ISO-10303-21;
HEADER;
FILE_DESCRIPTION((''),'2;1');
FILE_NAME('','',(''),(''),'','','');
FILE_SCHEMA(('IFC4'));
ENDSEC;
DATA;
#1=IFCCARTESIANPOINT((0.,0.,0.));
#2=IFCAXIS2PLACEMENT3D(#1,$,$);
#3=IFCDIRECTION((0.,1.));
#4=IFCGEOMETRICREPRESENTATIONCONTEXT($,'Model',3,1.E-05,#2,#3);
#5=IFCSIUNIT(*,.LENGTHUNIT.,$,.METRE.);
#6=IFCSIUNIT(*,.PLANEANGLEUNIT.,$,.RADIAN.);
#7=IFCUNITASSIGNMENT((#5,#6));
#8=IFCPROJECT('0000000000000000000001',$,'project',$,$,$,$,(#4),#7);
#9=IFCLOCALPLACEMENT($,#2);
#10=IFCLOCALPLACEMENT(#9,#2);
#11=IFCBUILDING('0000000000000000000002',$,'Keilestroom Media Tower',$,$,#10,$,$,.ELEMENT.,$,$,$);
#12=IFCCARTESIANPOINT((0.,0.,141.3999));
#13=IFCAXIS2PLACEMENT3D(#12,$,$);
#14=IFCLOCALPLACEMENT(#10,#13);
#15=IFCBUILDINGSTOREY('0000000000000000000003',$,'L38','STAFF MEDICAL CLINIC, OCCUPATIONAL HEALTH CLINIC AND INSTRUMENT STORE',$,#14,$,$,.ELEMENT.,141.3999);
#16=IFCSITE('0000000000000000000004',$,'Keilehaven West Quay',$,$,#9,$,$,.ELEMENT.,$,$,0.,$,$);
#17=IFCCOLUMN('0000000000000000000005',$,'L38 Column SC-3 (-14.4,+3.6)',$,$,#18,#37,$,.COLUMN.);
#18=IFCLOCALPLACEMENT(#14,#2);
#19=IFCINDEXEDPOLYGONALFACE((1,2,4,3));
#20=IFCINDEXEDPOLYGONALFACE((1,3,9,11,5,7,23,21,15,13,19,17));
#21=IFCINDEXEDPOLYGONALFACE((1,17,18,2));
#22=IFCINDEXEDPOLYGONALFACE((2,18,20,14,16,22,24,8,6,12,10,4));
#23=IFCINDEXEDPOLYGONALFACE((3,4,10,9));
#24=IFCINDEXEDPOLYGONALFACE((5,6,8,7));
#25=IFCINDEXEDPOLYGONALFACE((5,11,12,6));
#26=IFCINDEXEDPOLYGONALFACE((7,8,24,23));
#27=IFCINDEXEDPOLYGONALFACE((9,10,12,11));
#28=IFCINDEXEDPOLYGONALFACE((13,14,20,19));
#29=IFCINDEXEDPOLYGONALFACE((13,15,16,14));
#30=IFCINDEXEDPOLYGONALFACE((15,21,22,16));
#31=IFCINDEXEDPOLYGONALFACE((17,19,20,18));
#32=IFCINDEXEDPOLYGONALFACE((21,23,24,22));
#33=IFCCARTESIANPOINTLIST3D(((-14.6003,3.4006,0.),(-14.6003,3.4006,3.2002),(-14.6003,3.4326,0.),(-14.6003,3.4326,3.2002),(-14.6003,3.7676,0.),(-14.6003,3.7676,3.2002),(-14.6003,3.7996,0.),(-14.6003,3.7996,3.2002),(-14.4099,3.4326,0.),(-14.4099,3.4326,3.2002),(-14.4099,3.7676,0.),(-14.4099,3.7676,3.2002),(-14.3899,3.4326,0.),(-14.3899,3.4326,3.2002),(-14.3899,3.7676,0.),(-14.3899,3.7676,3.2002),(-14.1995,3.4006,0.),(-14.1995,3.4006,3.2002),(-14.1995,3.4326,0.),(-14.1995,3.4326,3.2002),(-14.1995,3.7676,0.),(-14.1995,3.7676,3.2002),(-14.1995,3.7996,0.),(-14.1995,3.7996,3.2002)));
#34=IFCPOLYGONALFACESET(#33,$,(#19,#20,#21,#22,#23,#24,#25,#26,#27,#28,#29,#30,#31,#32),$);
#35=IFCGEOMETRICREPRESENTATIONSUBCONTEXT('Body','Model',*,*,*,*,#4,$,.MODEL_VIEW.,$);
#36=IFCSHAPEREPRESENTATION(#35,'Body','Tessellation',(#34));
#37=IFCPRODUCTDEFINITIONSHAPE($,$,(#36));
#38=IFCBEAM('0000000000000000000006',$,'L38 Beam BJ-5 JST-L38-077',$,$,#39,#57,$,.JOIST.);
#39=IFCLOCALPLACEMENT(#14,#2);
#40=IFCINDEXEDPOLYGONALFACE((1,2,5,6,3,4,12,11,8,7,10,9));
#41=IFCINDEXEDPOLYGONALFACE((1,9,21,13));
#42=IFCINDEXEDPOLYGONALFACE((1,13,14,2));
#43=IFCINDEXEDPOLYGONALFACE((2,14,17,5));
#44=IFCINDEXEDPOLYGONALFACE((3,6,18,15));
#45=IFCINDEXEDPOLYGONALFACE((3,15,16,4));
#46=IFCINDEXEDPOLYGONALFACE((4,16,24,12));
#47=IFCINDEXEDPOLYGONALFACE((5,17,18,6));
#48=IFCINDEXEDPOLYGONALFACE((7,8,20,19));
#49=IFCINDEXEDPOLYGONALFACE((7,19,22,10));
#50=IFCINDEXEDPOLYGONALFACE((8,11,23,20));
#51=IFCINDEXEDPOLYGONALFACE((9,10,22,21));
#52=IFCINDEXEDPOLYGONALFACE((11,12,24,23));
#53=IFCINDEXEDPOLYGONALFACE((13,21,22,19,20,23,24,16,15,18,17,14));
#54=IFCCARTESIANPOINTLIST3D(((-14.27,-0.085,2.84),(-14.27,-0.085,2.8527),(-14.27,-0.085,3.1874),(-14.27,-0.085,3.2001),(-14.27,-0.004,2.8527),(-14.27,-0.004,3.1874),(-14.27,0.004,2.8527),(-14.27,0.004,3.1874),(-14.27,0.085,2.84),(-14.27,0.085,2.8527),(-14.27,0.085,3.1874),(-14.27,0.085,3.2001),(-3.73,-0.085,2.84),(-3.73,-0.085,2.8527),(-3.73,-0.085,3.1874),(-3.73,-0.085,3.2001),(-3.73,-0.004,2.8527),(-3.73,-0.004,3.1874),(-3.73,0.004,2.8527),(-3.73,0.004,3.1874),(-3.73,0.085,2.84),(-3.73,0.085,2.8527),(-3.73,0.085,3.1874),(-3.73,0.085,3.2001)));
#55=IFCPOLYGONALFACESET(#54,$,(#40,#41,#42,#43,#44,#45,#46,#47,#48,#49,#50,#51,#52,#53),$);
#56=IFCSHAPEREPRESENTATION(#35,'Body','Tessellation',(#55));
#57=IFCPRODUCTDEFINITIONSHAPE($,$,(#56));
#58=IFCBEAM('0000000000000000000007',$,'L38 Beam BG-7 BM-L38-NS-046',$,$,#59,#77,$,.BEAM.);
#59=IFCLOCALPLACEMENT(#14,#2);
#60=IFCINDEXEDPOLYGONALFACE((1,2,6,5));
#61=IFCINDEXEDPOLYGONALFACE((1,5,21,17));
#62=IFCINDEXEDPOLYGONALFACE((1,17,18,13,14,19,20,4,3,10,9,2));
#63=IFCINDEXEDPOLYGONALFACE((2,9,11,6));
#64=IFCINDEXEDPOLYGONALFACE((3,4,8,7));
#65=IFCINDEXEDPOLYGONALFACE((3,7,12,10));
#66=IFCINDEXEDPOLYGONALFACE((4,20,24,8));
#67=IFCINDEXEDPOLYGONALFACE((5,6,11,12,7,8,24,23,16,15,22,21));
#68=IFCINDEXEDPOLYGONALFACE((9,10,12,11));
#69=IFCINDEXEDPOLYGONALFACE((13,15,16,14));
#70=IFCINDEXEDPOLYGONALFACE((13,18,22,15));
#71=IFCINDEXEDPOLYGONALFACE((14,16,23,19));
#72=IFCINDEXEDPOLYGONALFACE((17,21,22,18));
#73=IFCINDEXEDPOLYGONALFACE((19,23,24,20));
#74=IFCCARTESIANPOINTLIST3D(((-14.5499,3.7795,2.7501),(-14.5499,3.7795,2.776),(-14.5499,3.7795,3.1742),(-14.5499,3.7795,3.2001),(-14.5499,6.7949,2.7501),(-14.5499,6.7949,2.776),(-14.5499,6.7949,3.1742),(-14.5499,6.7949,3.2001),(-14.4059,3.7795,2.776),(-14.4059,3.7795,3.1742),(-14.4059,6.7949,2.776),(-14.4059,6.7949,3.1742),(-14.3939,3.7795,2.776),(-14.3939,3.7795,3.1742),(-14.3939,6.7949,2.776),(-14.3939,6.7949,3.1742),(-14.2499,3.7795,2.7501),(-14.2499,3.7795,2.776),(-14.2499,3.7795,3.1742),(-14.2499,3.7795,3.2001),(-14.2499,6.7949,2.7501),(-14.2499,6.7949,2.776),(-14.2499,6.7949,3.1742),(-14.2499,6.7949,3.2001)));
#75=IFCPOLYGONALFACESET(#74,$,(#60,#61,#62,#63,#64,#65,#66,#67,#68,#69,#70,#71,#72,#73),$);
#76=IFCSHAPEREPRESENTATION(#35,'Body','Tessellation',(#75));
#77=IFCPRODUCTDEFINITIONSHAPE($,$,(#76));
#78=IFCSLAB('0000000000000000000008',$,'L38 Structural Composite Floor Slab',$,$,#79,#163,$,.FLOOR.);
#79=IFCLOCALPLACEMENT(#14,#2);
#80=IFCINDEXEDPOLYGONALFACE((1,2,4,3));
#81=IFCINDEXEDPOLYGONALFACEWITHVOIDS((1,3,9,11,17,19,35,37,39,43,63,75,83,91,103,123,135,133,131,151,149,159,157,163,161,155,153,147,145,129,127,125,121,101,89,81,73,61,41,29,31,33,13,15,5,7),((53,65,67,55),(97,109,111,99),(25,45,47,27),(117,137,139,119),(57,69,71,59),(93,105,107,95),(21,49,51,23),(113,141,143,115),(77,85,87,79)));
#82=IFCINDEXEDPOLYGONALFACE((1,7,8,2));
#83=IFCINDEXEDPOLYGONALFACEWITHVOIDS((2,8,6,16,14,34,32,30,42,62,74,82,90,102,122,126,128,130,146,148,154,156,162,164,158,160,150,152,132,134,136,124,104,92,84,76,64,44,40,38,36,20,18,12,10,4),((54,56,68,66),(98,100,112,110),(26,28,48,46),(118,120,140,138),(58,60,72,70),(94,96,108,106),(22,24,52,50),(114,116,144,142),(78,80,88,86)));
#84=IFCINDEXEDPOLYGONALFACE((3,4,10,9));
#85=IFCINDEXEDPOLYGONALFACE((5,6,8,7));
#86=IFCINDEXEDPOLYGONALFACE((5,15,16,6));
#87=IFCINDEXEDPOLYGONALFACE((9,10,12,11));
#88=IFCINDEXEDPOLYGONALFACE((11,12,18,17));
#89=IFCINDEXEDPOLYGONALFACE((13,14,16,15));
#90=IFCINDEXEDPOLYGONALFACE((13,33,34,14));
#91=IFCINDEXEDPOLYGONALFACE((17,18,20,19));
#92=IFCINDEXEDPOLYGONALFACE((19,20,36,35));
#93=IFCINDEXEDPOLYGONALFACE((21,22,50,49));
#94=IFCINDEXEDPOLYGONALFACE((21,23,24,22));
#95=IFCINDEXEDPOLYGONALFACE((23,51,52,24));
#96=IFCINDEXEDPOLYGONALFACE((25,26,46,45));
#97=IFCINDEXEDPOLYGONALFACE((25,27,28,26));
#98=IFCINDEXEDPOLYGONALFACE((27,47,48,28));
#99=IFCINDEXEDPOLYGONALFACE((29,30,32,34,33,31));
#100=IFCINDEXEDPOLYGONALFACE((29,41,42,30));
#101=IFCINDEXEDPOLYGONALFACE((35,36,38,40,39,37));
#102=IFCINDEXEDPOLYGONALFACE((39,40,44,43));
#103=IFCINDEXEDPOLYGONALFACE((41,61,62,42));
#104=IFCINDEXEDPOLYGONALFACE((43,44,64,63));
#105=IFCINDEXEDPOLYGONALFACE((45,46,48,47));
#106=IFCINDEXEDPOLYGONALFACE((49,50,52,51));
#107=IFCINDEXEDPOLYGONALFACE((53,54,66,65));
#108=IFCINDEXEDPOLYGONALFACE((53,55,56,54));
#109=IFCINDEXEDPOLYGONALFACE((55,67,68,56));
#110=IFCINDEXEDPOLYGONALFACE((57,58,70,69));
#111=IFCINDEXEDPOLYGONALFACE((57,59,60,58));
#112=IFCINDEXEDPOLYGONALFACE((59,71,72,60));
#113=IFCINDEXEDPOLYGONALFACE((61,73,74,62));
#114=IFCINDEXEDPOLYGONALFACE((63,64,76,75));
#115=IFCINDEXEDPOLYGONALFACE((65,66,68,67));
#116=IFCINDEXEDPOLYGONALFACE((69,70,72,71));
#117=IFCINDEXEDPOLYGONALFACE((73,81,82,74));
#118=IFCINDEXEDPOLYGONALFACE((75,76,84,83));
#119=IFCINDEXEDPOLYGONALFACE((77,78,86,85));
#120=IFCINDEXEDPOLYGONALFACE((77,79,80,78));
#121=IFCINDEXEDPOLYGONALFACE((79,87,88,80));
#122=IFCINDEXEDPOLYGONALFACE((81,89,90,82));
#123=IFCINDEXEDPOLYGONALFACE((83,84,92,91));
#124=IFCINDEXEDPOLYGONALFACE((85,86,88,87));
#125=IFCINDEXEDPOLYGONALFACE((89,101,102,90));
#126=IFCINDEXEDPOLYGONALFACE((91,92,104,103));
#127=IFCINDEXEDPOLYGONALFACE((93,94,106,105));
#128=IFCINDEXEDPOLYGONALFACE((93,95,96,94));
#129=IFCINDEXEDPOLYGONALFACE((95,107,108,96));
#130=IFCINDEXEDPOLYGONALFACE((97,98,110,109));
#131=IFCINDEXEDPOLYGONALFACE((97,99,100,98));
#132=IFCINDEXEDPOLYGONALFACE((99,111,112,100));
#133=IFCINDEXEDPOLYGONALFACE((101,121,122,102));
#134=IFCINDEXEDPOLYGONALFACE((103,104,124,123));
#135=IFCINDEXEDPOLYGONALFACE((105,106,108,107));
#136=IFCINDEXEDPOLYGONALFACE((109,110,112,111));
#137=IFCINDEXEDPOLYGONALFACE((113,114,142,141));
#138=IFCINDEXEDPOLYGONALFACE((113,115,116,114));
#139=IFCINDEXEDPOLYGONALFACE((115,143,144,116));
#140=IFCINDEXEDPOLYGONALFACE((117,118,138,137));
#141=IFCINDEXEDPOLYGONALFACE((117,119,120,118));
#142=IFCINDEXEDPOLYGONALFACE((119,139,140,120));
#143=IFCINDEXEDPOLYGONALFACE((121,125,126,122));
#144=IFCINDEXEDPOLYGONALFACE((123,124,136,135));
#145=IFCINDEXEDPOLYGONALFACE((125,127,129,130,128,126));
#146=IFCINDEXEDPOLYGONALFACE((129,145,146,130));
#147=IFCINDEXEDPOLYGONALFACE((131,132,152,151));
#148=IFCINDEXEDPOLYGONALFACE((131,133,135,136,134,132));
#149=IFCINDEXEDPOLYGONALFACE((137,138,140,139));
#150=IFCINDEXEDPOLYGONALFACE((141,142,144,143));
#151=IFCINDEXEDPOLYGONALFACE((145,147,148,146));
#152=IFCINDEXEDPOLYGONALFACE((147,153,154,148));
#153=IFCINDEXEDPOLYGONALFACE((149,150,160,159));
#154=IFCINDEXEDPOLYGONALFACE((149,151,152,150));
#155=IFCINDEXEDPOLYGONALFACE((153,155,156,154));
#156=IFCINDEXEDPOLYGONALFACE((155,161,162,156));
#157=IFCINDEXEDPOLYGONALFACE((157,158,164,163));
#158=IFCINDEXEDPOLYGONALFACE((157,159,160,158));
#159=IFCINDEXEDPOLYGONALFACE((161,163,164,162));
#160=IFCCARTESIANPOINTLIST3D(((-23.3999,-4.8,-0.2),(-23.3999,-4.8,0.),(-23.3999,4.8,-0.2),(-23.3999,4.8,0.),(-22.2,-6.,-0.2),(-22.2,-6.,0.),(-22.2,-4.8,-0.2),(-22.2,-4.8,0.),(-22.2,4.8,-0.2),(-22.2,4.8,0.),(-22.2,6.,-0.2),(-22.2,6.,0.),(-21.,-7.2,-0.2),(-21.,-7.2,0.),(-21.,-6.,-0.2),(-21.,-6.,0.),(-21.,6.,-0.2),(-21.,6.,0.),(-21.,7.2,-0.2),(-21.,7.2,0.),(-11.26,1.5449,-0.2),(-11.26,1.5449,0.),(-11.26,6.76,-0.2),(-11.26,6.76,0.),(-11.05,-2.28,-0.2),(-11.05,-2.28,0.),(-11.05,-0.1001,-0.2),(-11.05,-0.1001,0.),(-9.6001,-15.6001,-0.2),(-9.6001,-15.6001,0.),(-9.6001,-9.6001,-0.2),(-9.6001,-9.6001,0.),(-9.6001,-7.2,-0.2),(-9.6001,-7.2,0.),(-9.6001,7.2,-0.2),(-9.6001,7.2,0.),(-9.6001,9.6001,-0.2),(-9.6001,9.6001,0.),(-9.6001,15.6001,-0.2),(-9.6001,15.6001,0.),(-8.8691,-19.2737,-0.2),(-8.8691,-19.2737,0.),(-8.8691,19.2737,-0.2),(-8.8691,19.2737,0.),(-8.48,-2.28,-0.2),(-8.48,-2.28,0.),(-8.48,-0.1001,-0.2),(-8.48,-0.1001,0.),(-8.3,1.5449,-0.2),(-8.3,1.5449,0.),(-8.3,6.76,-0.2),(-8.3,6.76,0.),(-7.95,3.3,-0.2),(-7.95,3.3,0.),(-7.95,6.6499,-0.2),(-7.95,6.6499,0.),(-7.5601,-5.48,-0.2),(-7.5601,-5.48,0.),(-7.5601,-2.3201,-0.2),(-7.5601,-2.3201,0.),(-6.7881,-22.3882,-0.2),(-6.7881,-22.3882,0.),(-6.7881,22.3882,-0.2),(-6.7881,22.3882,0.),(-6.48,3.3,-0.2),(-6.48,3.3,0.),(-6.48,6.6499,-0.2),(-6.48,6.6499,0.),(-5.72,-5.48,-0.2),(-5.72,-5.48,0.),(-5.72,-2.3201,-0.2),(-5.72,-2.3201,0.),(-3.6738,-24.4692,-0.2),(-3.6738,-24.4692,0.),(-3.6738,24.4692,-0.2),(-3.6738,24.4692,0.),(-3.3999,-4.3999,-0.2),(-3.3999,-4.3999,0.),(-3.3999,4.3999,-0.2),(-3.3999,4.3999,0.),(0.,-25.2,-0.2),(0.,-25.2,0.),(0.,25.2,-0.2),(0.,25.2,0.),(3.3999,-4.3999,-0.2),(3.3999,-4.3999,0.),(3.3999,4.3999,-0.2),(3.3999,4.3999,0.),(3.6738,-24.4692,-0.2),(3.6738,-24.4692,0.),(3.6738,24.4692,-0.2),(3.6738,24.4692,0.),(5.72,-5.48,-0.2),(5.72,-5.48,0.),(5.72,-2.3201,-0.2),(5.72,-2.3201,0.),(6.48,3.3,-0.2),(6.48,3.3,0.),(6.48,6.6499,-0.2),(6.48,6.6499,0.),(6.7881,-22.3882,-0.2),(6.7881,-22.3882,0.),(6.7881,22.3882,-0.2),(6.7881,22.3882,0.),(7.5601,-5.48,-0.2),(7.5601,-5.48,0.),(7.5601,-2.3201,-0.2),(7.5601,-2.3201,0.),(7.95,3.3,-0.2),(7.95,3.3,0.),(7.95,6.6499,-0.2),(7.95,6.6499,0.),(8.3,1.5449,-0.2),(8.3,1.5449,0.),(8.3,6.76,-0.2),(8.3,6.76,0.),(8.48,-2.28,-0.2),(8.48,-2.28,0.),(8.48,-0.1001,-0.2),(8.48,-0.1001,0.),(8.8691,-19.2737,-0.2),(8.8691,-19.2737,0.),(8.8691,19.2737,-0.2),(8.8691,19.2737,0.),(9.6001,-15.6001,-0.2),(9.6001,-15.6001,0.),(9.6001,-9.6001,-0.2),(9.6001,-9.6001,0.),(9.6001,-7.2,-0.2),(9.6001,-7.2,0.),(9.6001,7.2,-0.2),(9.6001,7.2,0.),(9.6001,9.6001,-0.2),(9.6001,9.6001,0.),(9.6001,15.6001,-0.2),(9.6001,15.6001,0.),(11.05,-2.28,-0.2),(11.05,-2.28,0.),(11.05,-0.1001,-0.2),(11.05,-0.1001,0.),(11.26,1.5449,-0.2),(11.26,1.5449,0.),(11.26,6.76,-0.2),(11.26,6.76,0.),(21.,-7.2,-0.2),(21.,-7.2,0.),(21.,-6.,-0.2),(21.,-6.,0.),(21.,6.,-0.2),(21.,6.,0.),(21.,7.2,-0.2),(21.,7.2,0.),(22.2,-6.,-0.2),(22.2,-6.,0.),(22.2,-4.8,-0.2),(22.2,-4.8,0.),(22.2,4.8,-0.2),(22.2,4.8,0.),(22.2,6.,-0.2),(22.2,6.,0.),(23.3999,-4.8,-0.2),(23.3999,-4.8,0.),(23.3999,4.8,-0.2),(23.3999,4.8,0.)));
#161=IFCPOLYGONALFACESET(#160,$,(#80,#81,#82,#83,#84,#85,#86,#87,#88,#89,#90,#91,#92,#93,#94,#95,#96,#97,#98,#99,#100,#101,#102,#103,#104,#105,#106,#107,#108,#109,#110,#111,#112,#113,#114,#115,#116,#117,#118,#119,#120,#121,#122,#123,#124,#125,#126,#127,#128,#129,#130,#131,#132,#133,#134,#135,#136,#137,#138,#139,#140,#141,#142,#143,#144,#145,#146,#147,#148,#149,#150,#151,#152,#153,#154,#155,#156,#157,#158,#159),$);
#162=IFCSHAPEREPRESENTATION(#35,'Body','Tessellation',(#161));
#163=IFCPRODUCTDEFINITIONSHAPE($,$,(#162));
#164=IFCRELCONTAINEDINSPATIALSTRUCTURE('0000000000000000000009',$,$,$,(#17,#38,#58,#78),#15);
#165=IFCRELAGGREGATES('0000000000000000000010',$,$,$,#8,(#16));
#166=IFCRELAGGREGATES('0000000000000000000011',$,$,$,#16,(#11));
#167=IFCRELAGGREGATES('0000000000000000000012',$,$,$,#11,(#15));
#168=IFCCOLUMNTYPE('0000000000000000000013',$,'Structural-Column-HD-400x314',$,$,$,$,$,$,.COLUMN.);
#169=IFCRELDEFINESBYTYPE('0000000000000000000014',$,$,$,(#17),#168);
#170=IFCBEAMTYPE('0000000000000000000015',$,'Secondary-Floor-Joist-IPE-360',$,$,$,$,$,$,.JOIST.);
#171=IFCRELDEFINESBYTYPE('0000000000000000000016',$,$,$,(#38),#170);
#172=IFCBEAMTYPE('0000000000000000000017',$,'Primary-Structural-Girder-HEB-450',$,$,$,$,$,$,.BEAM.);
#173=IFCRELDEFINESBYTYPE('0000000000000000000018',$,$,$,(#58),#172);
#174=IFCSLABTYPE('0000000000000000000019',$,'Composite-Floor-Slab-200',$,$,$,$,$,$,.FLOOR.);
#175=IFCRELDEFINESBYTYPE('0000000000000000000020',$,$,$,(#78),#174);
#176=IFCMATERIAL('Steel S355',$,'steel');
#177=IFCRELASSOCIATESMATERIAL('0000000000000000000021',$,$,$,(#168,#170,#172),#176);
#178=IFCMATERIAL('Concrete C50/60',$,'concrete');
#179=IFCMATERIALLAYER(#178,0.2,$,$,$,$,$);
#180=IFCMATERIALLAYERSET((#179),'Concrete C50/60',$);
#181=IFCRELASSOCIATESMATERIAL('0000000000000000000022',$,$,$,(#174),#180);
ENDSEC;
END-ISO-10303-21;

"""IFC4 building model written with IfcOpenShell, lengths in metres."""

from ifc_helpers import new_model, si_unit, direction, frame, origin, origin_2d, place, context, subcontext, project, spatial, polyline, i_section, outline, extrude, source, transform, mapped, material, layer, layer_set, material_profile, profile_set, type_object, element, save


model = new_model("IFC4")

# Units and contexts
model_context = context("Model", 3, precision=1e-05, world=origin(), true_north=direction((0.0, 1.0)))
body_context = subcontext(model_context, "Body", "Model", "MODEL_VIEW")
ifc_project = project(units=[si_unit("LENGTHUNIT", "METRE"), si_unit("PLANEANGLEUNIT", "RADIAN")], contexts=[model_context])

# Site, building, storey
site_placement = place(None, origin())
site = spatial("IfcSite", under=ifc_project, at=site_placement, Name="Keilehaven West Quay", CompositionType="ELEMENT", RefElevation=0.0)
building_placement = place(site_placement, origin())
building = spatial("IfcBuilding", under=site, at=building_placement, Name="Keilestroom Media Tower", CompositionType="ELEMENT")
storey_placement = place(building_placement, frame((0.0, 0.0, 141.3999)))
storey = spatial("IfcBuildingStorey", under=building, at=storey_placement, Name="L38", Description="STAFF MEDICAL CLINIC, OCCUPATIONAL HEALTH CLINIC AND INSTRUMENT STORE", CompositionType="ELEMENT", Elevation=141.3999)

# Column
ifc_material_1 = material(Name="Steel S355", Category="steel")
ifc_material_profile_1 = material_profile(ifc_material_1, i_section(OverallWidth=0.4009, OverallDepth=0.3989, WebThickness=0.02, FlangeThickness=0.032, at=origin_2d()), Name="HD 400x314")
ifc_profile_set_1 = profile_set([ifc_material_profile_1], Name="Steel S355")
column_type = type_object("IfcColumnType", Name="Structural-Column-HD-400x314", PredefinedType="COLUMN", material=ifc_profile_set_1)
shared_shape_1 = source(origin(), body_context, "Body", "SweptSolid", [
    extrude(i_section(OverallWidth=0.4009, OverallDepth=0.3989, WebThickness=0.02, FlangeThickness=0.032, at=origin_2d()), origin(), (0.0, 0.0, 1.0), 3.2002),
])
column_placement = place(storey_placement, frame((-14.3999, 3.6001, 0.0), z_axis=(0.0, 0.0, 1.0), x_axis=(1.0, 0.0, 0.0)))
element("IfcColumn", 1, at=column_placement, inside=storey, type_object=column_type, Name="L38 Column SC-3 (-14.4,+3.6)", PredefinedType="COLUMN", context=body_context, shape_type="MappedRepresentation", body=[
    mapped(shared_shape_1, transform((0.0, 0.0, 0.0), x_axis=(1.0, 0.0, 0.0), y_axis=(0.0, 1.0, 0.0), z_axis=(0.0, 0.0, 1.0), scale=1.0)),
])

# Beams
ifc_material_profile_2 = material_profile(ifc_material_1, i_section(OverallWidth=0.1699, OverallDepth=0.3601, WebThickness=0.0081, FlangeThickness=0.0127, at=origin_2d()), Name="IPE 360")
ifc_profile_set_2 = profile_set([ifc_material_profile_2], Name="Steel S355")
beam_type_1 = type_object("IfcBeamType", Name="Secondary-Floor-Joist-IPE-360", PredefinedType="JOIST", material=ifc_profile_set_2)
shared_shape_2 = source(origin(), body_context, "Body", "SweptSolid", [
    extrude(i_section(OverallWidth=0.1699, OverallDepth=0.3601, WebThickness=0.0081, FlangeThickness=0.0127, at=origin_2d()), origin(), (0.0, 0.0, 1.0), 10.54),
])
beam_1_placement = place(storey_placement, frame((-14.27, 0.0, 3.02), z_axis=(1.0, 0.0, 0.0), x_axis=(0.0, 1.0, 0.0)))
element("IfcBeam", 2, at=beam_1_placement, inside=storey, type_object=beam_type_1, Name="L38 Beam BJ-5 JST-L38-077", PredefinedType="JOIST", context=body_context, shape_type="MappedRepresentation", body=[
    mapped(shared_shape_2, transform((0.0, 0.0, 0.0), x_axis=(1.0, 0.0, 0.0), y_axis=(0.0, 1.0, 0.0), z_axis=(0.0, 0.0, 1.0), scale=1.0)),
])
ifc_material_profile_3 = material_profile(ifc_material_1, i_section(OverallWidth=0.3, OverallDepth=0.45, WebThickness=0.012, FlangeThickness=0.0259, at=origin_2d()), Name="HEB 450")
ifc_profile_set_3 = profile_set([ifc_material_profile_3], Name="Steel S355")
beam_type_2 = type_object("IfcBeamType", Name="Primary-Structural-Girder-HEB-450", PredefinedType="BEAM", material=ifc_profile_set_3)
shared_shape_3 = source(origin(), body_context, "Body", "SweptSolid", [
    extrude(i_section(OverallWidth=0.3, OverallDepth=0.45, WebThickness=0.012, FlangeThickness=0.0259, at=origin_2d()), origin(), (0.0, 0.0, 1.0), 3.0154),
])
beam_2_placement = place(storey_placement, frame((-14.3999, 3.7795, 2.9751), z_axis=(0.0, 1.0, 0.0), x_axis=(-1.0, 0.0, 0.0)))
element("IfcBeam", 3, at=beam_2_placement, inside=storey, type_object=beam_type_2, Name="L38 Beam BG-7 BM-L38-NS-046", PredefinedType="BEAM", context=body_context, shape_type="MappedRepresentation", body=[
    mapped(shared_shape_3, transform((0.0, 0.0, 0.0), x_axis=(1.0, 0.0, 0.0), y_axis=(0.0, 1.0, 0.0), z_axis=(0.0, 0.0, 1.0), scale=1.0)),
])

# Slab
ifc_material_2 = material(Name="Concrete C50/60", Category="concrete")
ifc_layer_1 = layer(ifc_material_2, 0.2)
ifc_layer_set_1 = layer_set([ifc_layer_1], Name="Concrete C50/60")
slab_type_1 = type_object("IfcSlabType", Name="Composite-Floor-Slab-200", PredefinedType="FLOOR", material=ifc_layer_set_1)
slab_1_placement = place(storey_placement, frame((0.0, 0.0, -0.2)))
element("IfcSlab", 4, at=slab_1_placement, inside=storey, type_object=slab_type_1, Name="L38 Structural Composite Floor Slab", PredefinedType="FLOOR", context=body_context, shape_type="SweptSolid", body=[
    extrude(outline(polyline([(23.3999, -4.8), (23.3999, 4.8), (22.2, 4.8), (22.2, 6.0), (21.0, 6.0), (21.0, 7.2), (9.6001, 7.2), (9.6001, 9.6001), (9.6001, 15.6001), (8.8691, 19.2737), (6.7881, 22.3882), (3.6738, 24.4692), (0.0, 25.2), (-3.6738, 24.4692), (-6.7881, 22.3882), (-8.8691, 19.2737), (-9.6001, 15.6001), (-9.6001, 9.6001), (-9.6001, 7.2), (-21.0, 7.2), (-21.0, 6.0), (-22.2, 6.0), (-22.2, 4.8), (-23.3999, 4.8), (-23.3999, -4.8), (-22.2, -4.8), (-22.2, -6.0), (-21.0, -6.0), (-21.0, -7.2), (-9.6001, -7.2), (-9.6001, -9.6001), (-9.6001, -15.6001), (-8.8691, -19.2737), (-6.7881, -22.3882), (-3.6738, -24.4692), (0.0, -25.2), (3.6738, -24.4692), (6.7881, -22.3882), (8.8691, -19.2737), (9.6001, -15.6001), (9.6001, -9.6001), (9.6001, -7.2), (21.0, -7.2), (21.0, -6.0), (22.2, -6.0), (22.2, -4.8), (23.3999, -4.8)]), holes=[polyline([(-11.26, 1.5449), (-11.26, 6.76), (-8.3, 6.76), (-8.3, 1.5449), (-11.26, 1.5449)]), polyline([(-11.05, -2.28), (-11.05, -0.1001), (-8.48, -0.1001), (-8.48, -2.28), (-11.05, -2.28)]), polyline([(-7.95, 3.3), (-7.95, 6.6499), (-6.48, 6.6499), (-6.48, 3.3), (-7.95, 3.3)]), polyline([(-7.5601, -2.3201), (-5.72, -2.3201), (-5.72, -5.48), (-7.5601, -5.48), (-7.5601, -2.3201)]), polyline([(3.3999, -4.3999), (-3.3999, -4.3999), (-3.3999, 4.3999), (3.3999, 4.3999), (3.3999, -4.3999)]), polyline([(7.5601, -2.3201), (7.5601, -5.48), (5.72, -5.48), (5.72, -2.3201), (7.5601, -2.3201)]), polyline([(6.48, 3.3), (6.48, 6.6499), (7.95, 6.6499), (7.95, 3.3), (6.48, 3.3)]), polyline([(8.3, 1.5449), (8.3, 6.76), (11.26, 6.76), (11.26, 1.5449), (8.3, 1.5449)]), polyline([(8.48, -2.28), (8.48, -0.1001), (11.05, -0.1001), (11.05, -2.28), (8.48, -2.28)])]), origin(), (0.0, 0.0, 1.0), 0.2),
])

save(model, "model.ifc")
